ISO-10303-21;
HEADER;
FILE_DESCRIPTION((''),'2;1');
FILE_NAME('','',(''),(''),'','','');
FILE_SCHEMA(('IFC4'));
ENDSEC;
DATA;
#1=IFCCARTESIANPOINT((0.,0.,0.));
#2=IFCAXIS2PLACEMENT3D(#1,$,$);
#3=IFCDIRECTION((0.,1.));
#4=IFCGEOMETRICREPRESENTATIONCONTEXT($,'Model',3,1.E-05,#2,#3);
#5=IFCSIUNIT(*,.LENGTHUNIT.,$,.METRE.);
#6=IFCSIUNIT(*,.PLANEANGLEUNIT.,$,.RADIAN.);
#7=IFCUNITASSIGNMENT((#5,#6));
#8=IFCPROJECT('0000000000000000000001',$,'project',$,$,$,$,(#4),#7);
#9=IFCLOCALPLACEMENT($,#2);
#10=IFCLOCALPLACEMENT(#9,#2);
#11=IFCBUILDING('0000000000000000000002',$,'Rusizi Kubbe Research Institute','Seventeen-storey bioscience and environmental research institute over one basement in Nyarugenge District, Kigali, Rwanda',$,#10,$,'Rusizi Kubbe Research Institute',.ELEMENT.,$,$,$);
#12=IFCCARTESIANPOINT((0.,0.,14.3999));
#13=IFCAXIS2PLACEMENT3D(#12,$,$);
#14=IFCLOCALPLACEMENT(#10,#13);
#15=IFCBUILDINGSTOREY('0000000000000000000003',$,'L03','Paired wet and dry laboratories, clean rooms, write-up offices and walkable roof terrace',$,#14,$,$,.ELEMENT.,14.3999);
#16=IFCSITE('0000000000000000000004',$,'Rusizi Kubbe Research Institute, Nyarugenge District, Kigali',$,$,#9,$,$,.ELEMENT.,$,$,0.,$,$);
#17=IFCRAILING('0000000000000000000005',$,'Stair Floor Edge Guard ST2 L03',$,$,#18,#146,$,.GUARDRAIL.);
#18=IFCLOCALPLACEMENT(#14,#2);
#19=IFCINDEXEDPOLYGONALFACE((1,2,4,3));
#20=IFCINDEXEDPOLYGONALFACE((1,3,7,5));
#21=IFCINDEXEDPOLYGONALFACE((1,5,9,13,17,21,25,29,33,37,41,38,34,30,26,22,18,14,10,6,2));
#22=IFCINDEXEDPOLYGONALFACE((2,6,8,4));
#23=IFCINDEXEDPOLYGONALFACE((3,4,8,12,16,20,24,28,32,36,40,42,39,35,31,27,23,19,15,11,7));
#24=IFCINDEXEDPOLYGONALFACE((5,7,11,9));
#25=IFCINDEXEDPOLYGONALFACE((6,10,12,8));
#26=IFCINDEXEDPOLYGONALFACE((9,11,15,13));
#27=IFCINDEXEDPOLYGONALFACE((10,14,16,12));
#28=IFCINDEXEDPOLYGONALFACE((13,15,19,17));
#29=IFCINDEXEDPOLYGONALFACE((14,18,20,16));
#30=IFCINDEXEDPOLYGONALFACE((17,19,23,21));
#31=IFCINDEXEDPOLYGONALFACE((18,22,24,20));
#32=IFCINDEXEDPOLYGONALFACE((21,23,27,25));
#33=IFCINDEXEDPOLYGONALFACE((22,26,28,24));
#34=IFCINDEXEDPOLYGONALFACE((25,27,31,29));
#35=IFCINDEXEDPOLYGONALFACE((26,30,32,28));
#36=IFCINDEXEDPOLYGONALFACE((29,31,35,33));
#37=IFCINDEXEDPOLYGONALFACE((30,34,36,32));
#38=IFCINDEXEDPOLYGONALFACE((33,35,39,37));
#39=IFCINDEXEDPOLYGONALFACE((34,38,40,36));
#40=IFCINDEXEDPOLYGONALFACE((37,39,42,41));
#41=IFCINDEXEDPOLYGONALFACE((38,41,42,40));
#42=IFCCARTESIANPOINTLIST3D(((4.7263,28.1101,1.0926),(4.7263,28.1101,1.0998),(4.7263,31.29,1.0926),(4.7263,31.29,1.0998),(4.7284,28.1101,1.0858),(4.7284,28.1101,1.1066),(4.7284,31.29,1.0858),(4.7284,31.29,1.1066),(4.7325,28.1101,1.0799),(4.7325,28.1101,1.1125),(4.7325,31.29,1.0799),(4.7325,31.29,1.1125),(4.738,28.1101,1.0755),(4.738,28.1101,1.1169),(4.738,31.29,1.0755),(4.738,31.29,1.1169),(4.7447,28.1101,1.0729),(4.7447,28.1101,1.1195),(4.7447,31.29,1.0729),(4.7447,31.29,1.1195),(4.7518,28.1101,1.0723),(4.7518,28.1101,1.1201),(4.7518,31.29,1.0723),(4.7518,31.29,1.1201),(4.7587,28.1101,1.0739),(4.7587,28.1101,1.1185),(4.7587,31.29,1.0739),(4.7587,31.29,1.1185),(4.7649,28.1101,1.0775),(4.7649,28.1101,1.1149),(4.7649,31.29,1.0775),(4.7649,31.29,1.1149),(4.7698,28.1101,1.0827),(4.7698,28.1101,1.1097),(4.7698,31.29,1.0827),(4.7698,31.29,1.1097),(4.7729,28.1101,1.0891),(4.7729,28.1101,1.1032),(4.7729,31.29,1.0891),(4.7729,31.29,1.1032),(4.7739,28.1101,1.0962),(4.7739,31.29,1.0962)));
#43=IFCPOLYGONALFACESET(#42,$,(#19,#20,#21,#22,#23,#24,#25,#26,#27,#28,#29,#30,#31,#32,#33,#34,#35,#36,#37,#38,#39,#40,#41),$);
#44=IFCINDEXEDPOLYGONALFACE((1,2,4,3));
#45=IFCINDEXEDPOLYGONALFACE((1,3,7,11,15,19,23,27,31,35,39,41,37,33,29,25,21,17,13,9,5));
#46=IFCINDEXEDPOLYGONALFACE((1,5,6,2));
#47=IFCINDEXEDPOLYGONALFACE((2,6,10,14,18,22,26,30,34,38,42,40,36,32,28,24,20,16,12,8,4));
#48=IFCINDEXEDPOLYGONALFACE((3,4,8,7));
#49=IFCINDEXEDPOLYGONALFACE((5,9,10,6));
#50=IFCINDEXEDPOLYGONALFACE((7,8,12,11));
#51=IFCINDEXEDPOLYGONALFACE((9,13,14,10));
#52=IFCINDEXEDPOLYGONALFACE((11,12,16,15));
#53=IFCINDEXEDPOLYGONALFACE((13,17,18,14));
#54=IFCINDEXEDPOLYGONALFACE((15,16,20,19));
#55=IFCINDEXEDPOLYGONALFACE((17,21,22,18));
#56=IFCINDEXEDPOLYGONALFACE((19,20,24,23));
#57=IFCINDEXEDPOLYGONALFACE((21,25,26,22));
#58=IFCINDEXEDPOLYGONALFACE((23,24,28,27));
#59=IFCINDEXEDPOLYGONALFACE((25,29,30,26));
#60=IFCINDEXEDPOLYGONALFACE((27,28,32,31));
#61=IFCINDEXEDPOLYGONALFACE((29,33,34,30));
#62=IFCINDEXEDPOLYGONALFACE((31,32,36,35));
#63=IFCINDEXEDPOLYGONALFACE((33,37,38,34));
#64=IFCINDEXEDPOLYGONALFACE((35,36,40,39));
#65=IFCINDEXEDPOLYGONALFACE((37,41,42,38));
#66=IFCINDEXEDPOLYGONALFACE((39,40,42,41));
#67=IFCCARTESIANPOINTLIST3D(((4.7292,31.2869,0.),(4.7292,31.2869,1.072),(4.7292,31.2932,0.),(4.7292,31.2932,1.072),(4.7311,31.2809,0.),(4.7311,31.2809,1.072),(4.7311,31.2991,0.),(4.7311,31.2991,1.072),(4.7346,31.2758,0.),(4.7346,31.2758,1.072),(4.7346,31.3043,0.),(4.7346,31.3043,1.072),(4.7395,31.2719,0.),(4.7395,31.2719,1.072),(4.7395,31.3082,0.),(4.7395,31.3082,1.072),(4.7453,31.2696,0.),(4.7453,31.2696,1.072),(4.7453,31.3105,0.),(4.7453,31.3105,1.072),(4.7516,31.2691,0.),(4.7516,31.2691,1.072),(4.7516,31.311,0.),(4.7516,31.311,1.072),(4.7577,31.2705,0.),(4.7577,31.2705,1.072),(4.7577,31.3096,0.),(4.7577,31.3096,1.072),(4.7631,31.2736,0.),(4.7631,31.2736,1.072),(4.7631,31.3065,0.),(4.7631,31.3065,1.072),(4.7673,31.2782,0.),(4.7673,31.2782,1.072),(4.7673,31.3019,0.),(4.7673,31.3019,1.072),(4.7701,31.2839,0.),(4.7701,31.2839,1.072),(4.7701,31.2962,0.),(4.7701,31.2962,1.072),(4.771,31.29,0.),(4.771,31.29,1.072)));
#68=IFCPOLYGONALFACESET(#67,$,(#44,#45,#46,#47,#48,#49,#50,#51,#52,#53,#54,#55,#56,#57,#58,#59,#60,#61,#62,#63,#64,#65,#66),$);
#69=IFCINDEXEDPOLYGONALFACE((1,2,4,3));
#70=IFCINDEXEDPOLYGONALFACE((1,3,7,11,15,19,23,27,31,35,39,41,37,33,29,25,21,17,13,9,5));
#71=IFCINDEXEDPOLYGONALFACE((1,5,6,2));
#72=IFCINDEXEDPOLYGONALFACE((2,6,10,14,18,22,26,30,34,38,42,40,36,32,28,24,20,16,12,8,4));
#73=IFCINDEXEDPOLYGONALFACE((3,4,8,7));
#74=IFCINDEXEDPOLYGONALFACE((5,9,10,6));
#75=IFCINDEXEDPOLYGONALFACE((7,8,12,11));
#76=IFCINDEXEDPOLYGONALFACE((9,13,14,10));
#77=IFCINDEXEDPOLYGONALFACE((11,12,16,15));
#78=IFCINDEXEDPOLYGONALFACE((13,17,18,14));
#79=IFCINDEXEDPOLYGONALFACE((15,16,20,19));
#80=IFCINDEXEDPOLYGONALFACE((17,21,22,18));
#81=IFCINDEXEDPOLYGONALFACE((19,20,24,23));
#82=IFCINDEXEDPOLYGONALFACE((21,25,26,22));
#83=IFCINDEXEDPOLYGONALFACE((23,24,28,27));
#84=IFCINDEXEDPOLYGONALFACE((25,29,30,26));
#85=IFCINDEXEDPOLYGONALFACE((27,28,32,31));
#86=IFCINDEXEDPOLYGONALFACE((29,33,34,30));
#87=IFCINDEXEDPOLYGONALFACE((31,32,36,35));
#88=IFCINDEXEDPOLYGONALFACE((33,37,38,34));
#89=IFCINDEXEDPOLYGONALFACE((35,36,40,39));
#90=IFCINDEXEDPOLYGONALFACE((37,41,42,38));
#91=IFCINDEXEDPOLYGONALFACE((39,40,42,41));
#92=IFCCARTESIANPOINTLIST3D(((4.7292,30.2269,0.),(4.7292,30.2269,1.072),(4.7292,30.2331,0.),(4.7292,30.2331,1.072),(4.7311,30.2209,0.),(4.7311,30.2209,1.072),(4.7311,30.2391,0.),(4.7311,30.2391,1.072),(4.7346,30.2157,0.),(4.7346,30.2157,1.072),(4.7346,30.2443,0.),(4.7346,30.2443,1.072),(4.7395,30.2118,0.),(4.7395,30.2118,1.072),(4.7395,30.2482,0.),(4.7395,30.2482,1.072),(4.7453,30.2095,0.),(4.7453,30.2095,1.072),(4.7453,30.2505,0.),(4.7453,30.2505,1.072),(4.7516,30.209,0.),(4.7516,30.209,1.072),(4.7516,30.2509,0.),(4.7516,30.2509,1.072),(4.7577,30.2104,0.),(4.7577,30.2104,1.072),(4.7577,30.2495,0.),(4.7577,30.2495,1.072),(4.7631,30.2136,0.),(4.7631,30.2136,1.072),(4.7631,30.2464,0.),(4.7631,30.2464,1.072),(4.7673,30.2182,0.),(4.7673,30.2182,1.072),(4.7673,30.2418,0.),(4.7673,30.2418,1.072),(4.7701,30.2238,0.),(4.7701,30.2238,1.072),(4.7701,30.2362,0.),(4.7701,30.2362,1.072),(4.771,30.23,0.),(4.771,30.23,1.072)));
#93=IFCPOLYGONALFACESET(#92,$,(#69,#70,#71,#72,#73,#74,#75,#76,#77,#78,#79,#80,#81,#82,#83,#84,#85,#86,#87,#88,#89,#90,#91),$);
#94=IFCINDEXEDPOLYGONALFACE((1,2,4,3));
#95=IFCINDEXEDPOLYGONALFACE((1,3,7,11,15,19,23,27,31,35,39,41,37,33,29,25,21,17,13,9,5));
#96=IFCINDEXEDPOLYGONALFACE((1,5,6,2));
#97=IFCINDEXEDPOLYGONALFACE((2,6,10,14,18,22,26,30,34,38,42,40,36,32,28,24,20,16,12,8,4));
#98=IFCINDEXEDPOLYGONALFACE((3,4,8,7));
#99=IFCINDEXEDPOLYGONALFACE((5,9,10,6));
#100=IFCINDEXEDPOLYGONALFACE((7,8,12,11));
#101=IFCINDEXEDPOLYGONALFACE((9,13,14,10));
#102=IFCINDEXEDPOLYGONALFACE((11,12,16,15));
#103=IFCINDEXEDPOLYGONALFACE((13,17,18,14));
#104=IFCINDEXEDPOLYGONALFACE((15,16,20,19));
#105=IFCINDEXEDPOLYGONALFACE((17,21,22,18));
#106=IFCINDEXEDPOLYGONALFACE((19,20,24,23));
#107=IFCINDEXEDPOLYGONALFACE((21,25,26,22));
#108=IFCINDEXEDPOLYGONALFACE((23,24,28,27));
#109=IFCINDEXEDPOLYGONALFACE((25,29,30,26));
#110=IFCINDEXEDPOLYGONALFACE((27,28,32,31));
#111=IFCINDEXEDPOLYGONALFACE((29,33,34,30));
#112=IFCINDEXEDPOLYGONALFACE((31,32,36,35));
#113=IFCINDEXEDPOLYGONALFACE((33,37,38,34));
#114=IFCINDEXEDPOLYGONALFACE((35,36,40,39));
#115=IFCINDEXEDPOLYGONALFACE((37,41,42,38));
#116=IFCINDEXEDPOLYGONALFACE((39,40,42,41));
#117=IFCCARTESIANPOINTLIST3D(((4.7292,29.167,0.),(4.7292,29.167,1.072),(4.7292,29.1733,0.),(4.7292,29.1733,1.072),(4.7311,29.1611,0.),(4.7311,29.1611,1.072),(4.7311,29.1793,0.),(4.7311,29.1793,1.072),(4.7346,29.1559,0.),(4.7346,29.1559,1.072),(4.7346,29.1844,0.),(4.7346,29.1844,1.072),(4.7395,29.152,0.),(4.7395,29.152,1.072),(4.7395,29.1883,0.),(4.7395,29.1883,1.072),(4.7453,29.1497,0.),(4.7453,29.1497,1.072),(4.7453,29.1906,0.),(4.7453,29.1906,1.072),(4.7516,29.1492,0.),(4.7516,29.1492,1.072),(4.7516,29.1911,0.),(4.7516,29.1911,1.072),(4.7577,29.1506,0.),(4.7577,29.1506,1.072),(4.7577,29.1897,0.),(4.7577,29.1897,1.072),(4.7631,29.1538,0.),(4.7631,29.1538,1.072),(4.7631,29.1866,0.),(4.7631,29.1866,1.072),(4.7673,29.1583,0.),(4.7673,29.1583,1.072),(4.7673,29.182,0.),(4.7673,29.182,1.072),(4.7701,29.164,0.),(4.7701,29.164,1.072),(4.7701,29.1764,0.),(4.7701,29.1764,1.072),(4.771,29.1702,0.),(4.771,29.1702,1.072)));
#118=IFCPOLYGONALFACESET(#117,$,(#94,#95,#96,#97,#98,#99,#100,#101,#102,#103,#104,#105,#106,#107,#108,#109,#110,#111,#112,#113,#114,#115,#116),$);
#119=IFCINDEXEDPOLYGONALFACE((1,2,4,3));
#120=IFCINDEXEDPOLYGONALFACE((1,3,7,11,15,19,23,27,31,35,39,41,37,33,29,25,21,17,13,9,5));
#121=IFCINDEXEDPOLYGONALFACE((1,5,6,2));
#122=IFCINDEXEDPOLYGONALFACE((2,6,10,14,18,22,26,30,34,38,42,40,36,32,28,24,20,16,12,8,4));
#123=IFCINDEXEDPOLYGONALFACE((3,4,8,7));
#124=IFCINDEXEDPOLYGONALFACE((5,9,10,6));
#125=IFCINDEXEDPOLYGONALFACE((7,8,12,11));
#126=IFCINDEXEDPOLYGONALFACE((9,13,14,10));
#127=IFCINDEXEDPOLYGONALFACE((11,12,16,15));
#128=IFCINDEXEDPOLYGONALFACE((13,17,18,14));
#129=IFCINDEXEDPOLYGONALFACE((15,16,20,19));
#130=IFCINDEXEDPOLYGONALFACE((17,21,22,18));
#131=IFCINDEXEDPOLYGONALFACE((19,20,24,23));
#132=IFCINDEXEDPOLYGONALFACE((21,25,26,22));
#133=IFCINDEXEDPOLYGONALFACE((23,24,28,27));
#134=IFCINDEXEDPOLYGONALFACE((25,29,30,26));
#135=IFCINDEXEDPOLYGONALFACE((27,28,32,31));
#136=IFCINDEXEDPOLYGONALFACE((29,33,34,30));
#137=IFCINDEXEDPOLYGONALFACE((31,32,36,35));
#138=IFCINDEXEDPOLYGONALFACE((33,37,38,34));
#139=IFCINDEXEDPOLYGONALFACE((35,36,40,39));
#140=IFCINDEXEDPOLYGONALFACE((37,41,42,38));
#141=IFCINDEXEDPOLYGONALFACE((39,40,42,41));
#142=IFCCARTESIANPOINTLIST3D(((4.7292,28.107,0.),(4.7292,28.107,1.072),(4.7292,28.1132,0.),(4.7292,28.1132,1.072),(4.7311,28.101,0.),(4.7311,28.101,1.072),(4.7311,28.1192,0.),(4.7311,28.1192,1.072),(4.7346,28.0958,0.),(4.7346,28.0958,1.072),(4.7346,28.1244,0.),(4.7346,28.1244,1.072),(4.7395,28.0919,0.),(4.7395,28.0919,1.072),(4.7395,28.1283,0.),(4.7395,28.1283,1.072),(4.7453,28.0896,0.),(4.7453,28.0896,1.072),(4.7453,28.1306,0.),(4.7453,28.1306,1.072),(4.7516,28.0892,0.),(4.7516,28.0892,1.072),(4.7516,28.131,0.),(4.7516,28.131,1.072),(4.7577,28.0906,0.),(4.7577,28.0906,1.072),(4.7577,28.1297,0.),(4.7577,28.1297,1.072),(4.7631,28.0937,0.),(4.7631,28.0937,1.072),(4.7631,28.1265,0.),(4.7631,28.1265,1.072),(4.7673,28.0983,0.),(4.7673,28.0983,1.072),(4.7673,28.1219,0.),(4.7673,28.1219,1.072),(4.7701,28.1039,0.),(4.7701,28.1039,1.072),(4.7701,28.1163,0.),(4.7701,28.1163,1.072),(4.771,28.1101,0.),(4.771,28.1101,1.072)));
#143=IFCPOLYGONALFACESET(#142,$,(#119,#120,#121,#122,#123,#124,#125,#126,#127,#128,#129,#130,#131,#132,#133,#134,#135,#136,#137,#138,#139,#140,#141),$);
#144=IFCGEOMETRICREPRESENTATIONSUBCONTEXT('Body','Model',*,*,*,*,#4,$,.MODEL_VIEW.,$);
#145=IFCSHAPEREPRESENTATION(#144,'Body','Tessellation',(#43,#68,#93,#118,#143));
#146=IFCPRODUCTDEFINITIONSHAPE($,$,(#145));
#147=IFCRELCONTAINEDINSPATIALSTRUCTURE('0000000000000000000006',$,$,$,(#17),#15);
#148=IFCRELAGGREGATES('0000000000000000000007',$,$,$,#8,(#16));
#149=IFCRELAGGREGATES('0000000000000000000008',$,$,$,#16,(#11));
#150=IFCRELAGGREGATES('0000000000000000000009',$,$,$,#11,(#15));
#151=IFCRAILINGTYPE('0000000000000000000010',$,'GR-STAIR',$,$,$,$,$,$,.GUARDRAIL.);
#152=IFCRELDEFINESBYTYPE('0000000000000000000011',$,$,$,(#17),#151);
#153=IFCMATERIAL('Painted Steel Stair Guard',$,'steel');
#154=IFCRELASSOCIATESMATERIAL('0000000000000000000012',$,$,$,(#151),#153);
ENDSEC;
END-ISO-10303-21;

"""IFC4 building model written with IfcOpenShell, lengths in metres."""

from ifc_helpers import new_model, si_unit, direction, frame, origin, origin_2d, place, context, subcontext, project, spatial, circle, extrude, material, type_object, element, save


model = new_model("IFC4")

# Units and contexts
model_context = context("Model", 3, precision=1e-05, world=origin(), true_north=direction((0.0, 1.0)))
body_context = subcontext(model_context, "Body", "Model", "MODEL_VIEW")
ifc_project = project(units=[si_unit("LENGTHUNIT", "METRE"), si_unit("PLANEANGLEUNIT", "RADIAN")], contexts=[model_context])

# Site, building, storey
site_placement = place(None, origin())
site = spatial("IfcSite", under=ifc_project, at=site_placement, Name="Rusizi Kubbe Research Institute, Nyarugenge District, Kigali", CompositionType="ELEMENT", RefElevation=0.0)
building_placement = place(site_placement, origin())
building = spatial("IfcBuilding", under=site, at=building_placement, Name="Rusizi Kubbe Research Institute", Description="Seventeen-storey bioscience and environmental research institute over one basement in Nyarugenge District, Kigali, Rwanda", LongName="Rusizi Kubbe Research Institute", CompositionType="ELEMENT")
storey_placement = place(building_placement, frame((0.0, 0.0, 14.3999)))
storey = spatial("IfcBuildingStorey", under=building, at=storey_placement, Name="L03", Description="Paired wet and dry laboratories, clean rooms, write-up offices and walkable roof terrace", CompositionType="ELEMENT", Elevation=14.3999)

# Railing
ifc_material_1 = material(Name="Painted Steel Stair Guard", Category="steel")
railing_type_1 = type_object("IfcRailingType", Name="GR-STAIR", PredefinedType="GUARDRAIL", material=ifc_material_1)
railing_1_placement = place(storey_placement, frame((4.75, 31.29, 0.0)))
element("IfcRailing", 1, at=railing_1_placement, inside=storey, type_object=railing_type_1, Name="Stair Floor Edge Guard ST2 L03", PredefinedType="GUARDRAIL", context=body_context, shape_type="SweptSolid", body=[
    extrude(circle(Radius=0.0239, at=origin_2d()), frame((0.0, 0.0, 1.0962), z_axis=(0.0, -1.0, 0.0), x_axis=(1.0, 0.0, 0.0)), (0.0, 0.0, 1.0), 3.1799),
    extrude(circle(Radius=0.021, at=origin_2d()), origin(), (0.0, 0.0, 1.0), 1.072),
    extrude(circle(Radius=0.021, at=origin_2d()), frame((0.0, -1.0601, 0.0)), (0.0, 0.0, 1.0), 1.072),
    extrude(circle(Radius=0.021, at=origin_2d()), frame((0.0, -2.1199, 0.0)), (0.0, 0.0, 1.0), 1.072),
    extrude(circle(Radius=0.021, at=origin_2d()), frame((0.0, -3.1799, 0.0)), (0.0, 0.0, 1.0), 1.072),
])

save(model, "model.ifc")
